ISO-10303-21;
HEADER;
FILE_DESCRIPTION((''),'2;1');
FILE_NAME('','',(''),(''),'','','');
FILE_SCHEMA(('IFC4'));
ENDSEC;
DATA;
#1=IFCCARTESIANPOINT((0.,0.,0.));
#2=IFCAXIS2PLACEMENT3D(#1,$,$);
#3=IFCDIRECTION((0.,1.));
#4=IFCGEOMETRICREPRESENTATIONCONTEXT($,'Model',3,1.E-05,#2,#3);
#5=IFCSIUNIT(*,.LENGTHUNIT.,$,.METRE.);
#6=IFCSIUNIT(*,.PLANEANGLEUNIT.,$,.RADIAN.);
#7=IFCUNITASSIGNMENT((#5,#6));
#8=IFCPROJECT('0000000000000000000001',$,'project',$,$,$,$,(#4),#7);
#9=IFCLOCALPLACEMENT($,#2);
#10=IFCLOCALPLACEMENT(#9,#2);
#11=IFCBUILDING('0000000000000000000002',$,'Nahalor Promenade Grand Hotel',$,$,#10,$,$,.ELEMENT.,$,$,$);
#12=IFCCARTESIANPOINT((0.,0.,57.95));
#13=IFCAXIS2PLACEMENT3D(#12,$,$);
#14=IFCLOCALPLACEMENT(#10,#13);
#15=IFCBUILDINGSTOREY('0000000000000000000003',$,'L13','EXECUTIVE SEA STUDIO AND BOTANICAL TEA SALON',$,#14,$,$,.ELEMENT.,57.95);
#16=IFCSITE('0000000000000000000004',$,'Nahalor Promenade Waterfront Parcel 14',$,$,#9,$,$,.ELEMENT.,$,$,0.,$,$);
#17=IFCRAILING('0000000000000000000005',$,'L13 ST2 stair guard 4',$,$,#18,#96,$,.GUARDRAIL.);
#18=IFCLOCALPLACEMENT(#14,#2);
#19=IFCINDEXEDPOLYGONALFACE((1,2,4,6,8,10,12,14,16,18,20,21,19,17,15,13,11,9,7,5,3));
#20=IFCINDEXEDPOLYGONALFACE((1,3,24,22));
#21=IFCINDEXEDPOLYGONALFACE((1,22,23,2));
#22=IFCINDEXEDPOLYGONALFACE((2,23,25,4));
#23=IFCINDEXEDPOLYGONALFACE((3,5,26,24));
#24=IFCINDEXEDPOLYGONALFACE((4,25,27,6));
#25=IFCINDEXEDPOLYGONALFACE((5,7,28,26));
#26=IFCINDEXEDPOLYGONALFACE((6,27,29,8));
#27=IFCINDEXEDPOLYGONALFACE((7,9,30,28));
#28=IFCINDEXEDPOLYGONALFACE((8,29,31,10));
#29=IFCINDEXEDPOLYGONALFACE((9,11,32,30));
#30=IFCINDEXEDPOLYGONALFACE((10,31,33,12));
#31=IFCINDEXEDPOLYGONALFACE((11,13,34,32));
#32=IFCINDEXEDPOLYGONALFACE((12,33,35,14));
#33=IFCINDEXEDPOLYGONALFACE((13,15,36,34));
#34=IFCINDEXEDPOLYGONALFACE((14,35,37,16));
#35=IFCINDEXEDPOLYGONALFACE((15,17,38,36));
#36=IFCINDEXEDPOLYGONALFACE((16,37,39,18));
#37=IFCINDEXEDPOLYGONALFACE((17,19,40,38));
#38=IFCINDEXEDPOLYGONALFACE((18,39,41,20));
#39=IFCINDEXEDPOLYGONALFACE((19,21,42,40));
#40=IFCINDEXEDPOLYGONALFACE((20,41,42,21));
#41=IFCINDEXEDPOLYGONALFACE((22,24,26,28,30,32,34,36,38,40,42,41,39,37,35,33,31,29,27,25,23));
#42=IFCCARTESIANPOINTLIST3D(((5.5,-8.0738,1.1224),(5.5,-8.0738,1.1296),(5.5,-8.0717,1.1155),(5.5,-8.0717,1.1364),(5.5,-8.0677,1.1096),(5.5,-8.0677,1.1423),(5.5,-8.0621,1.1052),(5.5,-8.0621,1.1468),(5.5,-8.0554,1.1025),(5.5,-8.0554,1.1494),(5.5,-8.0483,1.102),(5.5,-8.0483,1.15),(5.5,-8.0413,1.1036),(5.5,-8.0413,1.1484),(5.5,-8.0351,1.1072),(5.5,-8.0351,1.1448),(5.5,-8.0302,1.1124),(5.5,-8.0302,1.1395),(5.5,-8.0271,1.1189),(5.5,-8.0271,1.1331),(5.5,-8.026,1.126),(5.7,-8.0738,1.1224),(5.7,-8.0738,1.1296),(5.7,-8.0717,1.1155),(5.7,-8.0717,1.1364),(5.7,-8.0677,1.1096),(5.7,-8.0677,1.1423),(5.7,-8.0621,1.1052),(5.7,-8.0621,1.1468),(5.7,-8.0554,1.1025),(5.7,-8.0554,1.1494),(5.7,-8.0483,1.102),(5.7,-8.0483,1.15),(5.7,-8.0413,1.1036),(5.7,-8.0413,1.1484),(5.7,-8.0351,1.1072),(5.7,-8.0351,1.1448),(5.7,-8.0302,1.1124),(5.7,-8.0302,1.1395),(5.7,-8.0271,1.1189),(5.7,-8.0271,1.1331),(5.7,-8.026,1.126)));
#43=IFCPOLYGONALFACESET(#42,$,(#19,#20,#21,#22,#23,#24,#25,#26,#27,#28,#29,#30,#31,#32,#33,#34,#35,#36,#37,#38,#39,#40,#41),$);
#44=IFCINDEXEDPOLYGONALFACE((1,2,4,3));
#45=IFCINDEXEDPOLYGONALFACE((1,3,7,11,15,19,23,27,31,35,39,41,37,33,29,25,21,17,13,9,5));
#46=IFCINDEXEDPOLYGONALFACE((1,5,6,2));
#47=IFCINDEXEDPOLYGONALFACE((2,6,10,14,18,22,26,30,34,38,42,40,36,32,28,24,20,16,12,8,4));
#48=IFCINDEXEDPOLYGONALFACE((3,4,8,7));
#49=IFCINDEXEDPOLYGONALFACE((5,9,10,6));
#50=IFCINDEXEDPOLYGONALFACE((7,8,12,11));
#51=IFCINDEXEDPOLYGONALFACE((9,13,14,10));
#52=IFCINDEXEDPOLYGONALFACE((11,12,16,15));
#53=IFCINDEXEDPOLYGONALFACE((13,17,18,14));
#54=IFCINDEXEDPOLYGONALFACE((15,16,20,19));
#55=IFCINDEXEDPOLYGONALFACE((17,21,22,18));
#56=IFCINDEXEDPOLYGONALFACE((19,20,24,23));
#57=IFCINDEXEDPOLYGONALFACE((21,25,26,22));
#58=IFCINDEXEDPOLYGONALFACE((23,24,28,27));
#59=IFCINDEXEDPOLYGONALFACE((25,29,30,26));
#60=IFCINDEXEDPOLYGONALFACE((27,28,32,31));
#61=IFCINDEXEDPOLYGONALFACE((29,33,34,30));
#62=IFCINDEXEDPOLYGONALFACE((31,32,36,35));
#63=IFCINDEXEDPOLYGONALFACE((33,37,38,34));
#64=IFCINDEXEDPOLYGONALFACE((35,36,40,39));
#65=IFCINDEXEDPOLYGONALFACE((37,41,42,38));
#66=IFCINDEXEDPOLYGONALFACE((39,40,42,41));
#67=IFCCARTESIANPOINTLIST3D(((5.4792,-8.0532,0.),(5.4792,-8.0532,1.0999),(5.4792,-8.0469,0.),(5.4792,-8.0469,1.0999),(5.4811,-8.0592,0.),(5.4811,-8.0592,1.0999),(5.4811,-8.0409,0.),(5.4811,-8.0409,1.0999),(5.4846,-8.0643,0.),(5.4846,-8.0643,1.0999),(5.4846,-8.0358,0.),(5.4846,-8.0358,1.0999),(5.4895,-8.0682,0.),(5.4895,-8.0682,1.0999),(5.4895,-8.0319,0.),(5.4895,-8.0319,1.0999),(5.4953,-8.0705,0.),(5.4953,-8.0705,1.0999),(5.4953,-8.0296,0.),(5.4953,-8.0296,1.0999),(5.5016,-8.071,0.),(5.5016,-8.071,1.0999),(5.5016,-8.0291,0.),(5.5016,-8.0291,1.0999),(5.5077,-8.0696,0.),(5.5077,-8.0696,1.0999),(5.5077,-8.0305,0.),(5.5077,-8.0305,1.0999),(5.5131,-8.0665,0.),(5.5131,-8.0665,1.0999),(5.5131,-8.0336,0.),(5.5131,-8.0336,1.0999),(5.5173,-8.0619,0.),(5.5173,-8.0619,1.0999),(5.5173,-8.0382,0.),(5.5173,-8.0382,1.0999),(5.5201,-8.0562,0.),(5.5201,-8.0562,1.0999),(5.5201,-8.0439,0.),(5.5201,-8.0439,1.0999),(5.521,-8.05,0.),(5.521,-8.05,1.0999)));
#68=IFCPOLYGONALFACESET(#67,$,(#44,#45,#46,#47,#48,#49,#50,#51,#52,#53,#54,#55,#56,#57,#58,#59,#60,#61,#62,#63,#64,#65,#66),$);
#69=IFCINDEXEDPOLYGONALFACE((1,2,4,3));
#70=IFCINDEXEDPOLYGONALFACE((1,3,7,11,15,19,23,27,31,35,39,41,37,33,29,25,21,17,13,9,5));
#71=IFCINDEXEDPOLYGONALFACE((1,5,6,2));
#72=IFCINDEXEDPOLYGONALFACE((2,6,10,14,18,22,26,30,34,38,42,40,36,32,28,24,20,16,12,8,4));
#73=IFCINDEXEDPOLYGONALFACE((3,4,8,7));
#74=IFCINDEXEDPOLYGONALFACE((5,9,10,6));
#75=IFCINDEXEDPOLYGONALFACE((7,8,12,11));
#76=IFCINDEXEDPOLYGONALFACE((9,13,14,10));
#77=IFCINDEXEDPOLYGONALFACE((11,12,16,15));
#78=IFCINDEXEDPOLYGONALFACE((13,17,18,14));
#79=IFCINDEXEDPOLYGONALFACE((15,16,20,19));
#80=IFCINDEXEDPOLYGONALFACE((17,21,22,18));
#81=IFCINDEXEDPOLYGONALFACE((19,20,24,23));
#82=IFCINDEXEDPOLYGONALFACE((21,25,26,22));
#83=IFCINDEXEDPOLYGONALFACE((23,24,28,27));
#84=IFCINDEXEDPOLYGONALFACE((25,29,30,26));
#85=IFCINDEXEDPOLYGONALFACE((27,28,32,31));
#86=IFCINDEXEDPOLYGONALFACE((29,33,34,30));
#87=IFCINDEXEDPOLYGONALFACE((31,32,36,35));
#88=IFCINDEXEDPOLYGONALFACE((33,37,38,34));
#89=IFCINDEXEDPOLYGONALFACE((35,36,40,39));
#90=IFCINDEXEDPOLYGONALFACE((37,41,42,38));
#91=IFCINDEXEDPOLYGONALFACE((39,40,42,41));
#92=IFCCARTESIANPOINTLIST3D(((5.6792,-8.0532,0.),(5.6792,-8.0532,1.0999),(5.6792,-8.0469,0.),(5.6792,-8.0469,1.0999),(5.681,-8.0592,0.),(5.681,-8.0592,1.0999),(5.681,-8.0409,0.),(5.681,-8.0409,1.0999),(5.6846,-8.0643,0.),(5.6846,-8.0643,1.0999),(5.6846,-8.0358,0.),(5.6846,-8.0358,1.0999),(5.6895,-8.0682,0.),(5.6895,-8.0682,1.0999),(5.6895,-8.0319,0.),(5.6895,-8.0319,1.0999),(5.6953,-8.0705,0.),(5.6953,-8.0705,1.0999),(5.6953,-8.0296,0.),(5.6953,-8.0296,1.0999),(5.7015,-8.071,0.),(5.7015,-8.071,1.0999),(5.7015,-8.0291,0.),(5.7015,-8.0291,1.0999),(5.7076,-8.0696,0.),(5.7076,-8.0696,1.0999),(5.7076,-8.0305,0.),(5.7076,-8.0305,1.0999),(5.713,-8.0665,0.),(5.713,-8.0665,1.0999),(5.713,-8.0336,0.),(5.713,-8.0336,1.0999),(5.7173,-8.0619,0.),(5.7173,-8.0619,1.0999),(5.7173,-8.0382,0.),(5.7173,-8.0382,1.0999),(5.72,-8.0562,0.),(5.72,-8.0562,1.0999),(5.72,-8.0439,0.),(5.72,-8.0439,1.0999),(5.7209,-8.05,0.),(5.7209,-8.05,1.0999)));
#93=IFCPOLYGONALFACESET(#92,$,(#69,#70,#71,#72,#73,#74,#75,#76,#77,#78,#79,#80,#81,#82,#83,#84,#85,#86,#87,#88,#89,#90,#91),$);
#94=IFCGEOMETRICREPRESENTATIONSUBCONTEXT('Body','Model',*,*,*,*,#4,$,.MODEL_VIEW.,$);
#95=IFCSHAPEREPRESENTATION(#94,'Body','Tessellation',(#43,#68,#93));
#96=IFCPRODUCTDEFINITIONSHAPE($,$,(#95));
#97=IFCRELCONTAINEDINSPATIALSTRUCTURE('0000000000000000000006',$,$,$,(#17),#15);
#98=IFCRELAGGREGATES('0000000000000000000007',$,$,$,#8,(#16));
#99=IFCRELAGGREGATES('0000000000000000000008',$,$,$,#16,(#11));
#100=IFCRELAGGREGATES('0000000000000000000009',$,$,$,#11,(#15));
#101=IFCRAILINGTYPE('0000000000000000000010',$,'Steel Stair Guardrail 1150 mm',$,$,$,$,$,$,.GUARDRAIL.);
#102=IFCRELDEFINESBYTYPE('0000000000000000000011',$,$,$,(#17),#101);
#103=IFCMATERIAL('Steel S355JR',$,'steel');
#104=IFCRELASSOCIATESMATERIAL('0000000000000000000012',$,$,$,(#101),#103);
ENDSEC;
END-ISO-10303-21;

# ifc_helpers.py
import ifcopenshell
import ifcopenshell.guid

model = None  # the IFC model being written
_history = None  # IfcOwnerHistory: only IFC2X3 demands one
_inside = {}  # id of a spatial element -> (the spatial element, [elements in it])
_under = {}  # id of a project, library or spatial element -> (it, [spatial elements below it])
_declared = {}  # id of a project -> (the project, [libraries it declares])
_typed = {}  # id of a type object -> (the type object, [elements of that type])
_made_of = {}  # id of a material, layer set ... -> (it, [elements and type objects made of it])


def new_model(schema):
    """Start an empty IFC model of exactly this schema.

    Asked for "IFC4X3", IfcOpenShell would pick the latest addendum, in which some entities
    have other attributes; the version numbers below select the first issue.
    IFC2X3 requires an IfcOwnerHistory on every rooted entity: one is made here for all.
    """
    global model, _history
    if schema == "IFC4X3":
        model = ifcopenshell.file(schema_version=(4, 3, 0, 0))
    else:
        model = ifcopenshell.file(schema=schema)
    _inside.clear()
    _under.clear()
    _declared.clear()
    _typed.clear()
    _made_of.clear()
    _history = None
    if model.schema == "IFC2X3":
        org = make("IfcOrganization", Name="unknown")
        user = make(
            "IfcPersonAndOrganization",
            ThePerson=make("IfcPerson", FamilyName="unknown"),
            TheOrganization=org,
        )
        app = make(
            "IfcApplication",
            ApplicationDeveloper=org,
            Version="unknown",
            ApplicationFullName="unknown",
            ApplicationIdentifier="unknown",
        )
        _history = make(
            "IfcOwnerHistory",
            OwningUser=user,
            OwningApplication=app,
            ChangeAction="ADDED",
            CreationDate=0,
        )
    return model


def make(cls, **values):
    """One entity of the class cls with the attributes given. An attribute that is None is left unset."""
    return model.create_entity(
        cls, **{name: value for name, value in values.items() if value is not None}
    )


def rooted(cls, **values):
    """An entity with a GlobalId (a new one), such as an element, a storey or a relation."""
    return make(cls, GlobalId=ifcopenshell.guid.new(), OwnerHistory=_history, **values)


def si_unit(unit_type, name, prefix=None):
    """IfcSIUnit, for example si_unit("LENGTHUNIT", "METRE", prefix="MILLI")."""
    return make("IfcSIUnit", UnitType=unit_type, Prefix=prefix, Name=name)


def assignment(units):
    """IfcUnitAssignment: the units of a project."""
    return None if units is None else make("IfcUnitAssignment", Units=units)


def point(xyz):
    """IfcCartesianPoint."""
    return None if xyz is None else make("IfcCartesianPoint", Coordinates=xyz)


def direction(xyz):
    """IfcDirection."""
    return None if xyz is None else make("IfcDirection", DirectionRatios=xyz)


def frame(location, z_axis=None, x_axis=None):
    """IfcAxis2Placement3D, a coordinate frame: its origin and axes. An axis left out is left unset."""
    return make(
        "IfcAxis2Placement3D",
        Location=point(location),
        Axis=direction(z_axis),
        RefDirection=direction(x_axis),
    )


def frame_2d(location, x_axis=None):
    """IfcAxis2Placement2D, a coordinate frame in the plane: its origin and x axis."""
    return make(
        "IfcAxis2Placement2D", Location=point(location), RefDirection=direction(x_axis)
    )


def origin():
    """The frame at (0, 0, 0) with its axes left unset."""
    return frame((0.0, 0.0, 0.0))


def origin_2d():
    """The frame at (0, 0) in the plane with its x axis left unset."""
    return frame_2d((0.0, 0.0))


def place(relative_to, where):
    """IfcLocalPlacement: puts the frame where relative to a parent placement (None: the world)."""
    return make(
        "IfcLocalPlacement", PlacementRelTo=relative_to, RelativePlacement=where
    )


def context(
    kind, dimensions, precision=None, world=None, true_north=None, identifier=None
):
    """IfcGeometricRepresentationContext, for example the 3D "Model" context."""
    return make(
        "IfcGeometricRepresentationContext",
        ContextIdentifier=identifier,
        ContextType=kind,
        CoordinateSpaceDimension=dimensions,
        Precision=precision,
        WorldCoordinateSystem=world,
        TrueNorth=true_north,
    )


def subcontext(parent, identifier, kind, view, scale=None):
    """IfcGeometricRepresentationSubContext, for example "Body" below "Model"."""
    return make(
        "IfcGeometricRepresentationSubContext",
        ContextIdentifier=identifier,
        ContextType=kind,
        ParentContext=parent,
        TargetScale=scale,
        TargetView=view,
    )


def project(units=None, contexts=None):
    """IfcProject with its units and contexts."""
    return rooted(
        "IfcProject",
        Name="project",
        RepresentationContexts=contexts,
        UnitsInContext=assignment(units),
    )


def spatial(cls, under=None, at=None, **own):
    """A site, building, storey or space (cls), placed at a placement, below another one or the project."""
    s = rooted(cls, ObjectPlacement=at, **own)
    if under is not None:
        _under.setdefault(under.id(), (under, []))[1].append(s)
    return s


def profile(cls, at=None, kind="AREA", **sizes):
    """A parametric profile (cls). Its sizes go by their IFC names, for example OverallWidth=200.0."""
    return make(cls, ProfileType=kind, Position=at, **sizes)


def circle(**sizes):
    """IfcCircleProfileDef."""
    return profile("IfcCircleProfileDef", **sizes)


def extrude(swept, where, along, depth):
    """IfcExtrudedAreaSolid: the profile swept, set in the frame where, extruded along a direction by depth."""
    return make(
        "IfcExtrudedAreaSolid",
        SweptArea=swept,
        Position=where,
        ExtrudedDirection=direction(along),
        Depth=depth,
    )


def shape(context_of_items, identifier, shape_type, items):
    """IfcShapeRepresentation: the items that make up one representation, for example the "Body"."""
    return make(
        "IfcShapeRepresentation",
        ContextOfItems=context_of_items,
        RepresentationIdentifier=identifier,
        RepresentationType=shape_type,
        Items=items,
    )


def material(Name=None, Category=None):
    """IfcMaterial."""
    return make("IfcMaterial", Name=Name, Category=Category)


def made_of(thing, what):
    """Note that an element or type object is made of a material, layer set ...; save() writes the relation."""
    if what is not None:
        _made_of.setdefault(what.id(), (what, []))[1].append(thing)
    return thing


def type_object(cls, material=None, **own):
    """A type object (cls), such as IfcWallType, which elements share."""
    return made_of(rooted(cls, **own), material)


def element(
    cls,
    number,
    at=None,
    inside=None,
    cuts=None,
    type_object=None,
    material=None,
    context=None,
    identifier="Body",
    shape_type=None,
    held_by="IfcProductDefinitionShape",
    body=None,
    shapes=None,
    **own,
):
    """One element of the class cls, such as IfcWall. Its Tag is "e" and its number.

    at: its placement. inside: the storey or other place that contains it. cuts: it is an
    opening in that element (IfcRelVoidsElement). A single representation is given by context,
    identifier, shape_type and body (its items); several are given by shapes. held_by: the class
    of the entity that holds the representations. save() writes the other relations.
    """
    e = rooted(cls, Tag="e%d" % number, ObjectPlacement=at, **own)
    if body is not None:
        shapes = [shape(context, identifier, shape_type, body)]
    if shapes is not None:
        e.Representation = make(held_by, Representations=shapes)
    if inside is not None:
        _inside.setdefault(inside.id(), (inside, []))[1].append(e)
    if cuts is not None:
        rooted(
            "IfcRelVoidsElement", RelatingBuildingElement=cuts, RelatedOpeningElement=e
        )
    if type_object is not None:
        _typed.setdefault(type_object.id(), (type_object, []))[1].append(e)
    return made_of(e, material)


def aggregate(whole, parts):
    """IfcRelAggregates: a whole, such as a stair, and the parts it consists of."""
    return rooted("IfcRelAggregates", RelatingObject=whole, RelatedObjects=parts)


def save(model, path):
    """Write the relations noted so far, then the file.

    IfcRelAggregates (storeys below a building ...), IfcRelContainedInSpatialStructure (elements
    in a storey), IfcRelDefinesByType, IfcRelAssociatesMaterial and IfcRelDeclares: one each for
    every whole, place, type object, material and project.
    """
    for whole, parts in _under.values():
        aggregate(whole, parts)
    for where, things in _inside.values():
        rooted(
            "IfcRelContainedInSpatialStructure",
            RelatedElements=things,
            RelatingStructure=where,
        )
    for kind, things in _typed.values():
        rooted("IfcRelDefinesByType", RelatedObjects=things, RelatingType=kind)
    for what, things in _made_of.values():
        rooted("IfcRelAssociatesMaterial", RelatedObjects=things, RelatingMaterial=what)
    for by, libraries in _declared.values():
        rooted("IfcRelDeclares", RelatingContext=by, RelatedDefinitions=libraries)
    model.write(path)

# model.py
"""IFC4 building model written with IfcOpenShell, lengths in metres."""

from ifc_helpers import new_model, si_unit, direction, frame, origin, origin_2d, place, context, subcontext, project, spatial, circle, extrude, material, type_object, element, save


model = new_model("IFC4")

# Units and contexts
model_context = context("Model", 3, precision=1e-05, world=origin(), true_north=direction((0.0, 1.0)))
body_context = subcontext(model_context, "Body", "Model", "MODEL_VIEW")
ifc_project = project(units=[si_unit("LENGTHUNIT", "METRE"), si_unit("PLANEANGLEUNIT", "RADIAN")], contexts=[model_context])

# Site, building, storey
site_placement = place(None, origin())
site = spatial("IfcSite", under=ifc_project, at=site_placement, Name="Nahalor Promenade Waterfront Parcel 14", CompositionType="ELEMENT", RefElevation=0.0)
building_placement = place(site_placement, origin())
building = spatial("IfcBuilding", under=site, at=building_placement, Name="Nahalor Promenade Grand Hotel", CompositionType="ELEMENT")
storey_placement = place(building_placement, frame((0.0, 0.0, 57.95)))
storey = spatial("IfcBuildingStorey", under=building, at=storey_placement, Name="L13", Description="EXECUTIVE SEA STUDIO AND BOTANICAL TEA SALON", CompositionType="ELEMENT", Elevation=57.95)

# Shared definitions
ifc_material_1 = material(Name="Steel S355JR", Category="steel")

# Railing
railing_type_1 = type_object("IfcRailingType", Name="Steel Stair Guardrail 1150 mm", PredefinedType="GUARDRAIL", material=ifc_material_1)
railing_1_placement = place(storey_placement, frame((5.5, -8.05, 0.0)))
element("IfcRailing", 1, at=railing_1_placement, inside=storey, type_object=railing_type_1, Name="L13 ST2 stair guard 4", PredefinedType="GUARDRAIL", context=body_context, shape_type="SweptSolid", body=[
    extrude(circle(Radius=0.024, at=origin_2d()), frame((0.0, 0.0, 1.126), z_axis=(1.0, 0.0, 0.0), x_axis=(0.0, 1.0, 0.0)), (0.0, 0.0, 1.0), 0.2),
    extrude(circle(Radius=0.021, at=origin_2d()), origin(), (0.0, 0.0, 1.0), 1.0999),
    extrude(circle(Radius=0.021, at=origin_2d()), frame((0.2, 0.0, 0.0)), (0.0, 0.0, 1.0), 1.0999),
])

save(model, "model.ifc")
